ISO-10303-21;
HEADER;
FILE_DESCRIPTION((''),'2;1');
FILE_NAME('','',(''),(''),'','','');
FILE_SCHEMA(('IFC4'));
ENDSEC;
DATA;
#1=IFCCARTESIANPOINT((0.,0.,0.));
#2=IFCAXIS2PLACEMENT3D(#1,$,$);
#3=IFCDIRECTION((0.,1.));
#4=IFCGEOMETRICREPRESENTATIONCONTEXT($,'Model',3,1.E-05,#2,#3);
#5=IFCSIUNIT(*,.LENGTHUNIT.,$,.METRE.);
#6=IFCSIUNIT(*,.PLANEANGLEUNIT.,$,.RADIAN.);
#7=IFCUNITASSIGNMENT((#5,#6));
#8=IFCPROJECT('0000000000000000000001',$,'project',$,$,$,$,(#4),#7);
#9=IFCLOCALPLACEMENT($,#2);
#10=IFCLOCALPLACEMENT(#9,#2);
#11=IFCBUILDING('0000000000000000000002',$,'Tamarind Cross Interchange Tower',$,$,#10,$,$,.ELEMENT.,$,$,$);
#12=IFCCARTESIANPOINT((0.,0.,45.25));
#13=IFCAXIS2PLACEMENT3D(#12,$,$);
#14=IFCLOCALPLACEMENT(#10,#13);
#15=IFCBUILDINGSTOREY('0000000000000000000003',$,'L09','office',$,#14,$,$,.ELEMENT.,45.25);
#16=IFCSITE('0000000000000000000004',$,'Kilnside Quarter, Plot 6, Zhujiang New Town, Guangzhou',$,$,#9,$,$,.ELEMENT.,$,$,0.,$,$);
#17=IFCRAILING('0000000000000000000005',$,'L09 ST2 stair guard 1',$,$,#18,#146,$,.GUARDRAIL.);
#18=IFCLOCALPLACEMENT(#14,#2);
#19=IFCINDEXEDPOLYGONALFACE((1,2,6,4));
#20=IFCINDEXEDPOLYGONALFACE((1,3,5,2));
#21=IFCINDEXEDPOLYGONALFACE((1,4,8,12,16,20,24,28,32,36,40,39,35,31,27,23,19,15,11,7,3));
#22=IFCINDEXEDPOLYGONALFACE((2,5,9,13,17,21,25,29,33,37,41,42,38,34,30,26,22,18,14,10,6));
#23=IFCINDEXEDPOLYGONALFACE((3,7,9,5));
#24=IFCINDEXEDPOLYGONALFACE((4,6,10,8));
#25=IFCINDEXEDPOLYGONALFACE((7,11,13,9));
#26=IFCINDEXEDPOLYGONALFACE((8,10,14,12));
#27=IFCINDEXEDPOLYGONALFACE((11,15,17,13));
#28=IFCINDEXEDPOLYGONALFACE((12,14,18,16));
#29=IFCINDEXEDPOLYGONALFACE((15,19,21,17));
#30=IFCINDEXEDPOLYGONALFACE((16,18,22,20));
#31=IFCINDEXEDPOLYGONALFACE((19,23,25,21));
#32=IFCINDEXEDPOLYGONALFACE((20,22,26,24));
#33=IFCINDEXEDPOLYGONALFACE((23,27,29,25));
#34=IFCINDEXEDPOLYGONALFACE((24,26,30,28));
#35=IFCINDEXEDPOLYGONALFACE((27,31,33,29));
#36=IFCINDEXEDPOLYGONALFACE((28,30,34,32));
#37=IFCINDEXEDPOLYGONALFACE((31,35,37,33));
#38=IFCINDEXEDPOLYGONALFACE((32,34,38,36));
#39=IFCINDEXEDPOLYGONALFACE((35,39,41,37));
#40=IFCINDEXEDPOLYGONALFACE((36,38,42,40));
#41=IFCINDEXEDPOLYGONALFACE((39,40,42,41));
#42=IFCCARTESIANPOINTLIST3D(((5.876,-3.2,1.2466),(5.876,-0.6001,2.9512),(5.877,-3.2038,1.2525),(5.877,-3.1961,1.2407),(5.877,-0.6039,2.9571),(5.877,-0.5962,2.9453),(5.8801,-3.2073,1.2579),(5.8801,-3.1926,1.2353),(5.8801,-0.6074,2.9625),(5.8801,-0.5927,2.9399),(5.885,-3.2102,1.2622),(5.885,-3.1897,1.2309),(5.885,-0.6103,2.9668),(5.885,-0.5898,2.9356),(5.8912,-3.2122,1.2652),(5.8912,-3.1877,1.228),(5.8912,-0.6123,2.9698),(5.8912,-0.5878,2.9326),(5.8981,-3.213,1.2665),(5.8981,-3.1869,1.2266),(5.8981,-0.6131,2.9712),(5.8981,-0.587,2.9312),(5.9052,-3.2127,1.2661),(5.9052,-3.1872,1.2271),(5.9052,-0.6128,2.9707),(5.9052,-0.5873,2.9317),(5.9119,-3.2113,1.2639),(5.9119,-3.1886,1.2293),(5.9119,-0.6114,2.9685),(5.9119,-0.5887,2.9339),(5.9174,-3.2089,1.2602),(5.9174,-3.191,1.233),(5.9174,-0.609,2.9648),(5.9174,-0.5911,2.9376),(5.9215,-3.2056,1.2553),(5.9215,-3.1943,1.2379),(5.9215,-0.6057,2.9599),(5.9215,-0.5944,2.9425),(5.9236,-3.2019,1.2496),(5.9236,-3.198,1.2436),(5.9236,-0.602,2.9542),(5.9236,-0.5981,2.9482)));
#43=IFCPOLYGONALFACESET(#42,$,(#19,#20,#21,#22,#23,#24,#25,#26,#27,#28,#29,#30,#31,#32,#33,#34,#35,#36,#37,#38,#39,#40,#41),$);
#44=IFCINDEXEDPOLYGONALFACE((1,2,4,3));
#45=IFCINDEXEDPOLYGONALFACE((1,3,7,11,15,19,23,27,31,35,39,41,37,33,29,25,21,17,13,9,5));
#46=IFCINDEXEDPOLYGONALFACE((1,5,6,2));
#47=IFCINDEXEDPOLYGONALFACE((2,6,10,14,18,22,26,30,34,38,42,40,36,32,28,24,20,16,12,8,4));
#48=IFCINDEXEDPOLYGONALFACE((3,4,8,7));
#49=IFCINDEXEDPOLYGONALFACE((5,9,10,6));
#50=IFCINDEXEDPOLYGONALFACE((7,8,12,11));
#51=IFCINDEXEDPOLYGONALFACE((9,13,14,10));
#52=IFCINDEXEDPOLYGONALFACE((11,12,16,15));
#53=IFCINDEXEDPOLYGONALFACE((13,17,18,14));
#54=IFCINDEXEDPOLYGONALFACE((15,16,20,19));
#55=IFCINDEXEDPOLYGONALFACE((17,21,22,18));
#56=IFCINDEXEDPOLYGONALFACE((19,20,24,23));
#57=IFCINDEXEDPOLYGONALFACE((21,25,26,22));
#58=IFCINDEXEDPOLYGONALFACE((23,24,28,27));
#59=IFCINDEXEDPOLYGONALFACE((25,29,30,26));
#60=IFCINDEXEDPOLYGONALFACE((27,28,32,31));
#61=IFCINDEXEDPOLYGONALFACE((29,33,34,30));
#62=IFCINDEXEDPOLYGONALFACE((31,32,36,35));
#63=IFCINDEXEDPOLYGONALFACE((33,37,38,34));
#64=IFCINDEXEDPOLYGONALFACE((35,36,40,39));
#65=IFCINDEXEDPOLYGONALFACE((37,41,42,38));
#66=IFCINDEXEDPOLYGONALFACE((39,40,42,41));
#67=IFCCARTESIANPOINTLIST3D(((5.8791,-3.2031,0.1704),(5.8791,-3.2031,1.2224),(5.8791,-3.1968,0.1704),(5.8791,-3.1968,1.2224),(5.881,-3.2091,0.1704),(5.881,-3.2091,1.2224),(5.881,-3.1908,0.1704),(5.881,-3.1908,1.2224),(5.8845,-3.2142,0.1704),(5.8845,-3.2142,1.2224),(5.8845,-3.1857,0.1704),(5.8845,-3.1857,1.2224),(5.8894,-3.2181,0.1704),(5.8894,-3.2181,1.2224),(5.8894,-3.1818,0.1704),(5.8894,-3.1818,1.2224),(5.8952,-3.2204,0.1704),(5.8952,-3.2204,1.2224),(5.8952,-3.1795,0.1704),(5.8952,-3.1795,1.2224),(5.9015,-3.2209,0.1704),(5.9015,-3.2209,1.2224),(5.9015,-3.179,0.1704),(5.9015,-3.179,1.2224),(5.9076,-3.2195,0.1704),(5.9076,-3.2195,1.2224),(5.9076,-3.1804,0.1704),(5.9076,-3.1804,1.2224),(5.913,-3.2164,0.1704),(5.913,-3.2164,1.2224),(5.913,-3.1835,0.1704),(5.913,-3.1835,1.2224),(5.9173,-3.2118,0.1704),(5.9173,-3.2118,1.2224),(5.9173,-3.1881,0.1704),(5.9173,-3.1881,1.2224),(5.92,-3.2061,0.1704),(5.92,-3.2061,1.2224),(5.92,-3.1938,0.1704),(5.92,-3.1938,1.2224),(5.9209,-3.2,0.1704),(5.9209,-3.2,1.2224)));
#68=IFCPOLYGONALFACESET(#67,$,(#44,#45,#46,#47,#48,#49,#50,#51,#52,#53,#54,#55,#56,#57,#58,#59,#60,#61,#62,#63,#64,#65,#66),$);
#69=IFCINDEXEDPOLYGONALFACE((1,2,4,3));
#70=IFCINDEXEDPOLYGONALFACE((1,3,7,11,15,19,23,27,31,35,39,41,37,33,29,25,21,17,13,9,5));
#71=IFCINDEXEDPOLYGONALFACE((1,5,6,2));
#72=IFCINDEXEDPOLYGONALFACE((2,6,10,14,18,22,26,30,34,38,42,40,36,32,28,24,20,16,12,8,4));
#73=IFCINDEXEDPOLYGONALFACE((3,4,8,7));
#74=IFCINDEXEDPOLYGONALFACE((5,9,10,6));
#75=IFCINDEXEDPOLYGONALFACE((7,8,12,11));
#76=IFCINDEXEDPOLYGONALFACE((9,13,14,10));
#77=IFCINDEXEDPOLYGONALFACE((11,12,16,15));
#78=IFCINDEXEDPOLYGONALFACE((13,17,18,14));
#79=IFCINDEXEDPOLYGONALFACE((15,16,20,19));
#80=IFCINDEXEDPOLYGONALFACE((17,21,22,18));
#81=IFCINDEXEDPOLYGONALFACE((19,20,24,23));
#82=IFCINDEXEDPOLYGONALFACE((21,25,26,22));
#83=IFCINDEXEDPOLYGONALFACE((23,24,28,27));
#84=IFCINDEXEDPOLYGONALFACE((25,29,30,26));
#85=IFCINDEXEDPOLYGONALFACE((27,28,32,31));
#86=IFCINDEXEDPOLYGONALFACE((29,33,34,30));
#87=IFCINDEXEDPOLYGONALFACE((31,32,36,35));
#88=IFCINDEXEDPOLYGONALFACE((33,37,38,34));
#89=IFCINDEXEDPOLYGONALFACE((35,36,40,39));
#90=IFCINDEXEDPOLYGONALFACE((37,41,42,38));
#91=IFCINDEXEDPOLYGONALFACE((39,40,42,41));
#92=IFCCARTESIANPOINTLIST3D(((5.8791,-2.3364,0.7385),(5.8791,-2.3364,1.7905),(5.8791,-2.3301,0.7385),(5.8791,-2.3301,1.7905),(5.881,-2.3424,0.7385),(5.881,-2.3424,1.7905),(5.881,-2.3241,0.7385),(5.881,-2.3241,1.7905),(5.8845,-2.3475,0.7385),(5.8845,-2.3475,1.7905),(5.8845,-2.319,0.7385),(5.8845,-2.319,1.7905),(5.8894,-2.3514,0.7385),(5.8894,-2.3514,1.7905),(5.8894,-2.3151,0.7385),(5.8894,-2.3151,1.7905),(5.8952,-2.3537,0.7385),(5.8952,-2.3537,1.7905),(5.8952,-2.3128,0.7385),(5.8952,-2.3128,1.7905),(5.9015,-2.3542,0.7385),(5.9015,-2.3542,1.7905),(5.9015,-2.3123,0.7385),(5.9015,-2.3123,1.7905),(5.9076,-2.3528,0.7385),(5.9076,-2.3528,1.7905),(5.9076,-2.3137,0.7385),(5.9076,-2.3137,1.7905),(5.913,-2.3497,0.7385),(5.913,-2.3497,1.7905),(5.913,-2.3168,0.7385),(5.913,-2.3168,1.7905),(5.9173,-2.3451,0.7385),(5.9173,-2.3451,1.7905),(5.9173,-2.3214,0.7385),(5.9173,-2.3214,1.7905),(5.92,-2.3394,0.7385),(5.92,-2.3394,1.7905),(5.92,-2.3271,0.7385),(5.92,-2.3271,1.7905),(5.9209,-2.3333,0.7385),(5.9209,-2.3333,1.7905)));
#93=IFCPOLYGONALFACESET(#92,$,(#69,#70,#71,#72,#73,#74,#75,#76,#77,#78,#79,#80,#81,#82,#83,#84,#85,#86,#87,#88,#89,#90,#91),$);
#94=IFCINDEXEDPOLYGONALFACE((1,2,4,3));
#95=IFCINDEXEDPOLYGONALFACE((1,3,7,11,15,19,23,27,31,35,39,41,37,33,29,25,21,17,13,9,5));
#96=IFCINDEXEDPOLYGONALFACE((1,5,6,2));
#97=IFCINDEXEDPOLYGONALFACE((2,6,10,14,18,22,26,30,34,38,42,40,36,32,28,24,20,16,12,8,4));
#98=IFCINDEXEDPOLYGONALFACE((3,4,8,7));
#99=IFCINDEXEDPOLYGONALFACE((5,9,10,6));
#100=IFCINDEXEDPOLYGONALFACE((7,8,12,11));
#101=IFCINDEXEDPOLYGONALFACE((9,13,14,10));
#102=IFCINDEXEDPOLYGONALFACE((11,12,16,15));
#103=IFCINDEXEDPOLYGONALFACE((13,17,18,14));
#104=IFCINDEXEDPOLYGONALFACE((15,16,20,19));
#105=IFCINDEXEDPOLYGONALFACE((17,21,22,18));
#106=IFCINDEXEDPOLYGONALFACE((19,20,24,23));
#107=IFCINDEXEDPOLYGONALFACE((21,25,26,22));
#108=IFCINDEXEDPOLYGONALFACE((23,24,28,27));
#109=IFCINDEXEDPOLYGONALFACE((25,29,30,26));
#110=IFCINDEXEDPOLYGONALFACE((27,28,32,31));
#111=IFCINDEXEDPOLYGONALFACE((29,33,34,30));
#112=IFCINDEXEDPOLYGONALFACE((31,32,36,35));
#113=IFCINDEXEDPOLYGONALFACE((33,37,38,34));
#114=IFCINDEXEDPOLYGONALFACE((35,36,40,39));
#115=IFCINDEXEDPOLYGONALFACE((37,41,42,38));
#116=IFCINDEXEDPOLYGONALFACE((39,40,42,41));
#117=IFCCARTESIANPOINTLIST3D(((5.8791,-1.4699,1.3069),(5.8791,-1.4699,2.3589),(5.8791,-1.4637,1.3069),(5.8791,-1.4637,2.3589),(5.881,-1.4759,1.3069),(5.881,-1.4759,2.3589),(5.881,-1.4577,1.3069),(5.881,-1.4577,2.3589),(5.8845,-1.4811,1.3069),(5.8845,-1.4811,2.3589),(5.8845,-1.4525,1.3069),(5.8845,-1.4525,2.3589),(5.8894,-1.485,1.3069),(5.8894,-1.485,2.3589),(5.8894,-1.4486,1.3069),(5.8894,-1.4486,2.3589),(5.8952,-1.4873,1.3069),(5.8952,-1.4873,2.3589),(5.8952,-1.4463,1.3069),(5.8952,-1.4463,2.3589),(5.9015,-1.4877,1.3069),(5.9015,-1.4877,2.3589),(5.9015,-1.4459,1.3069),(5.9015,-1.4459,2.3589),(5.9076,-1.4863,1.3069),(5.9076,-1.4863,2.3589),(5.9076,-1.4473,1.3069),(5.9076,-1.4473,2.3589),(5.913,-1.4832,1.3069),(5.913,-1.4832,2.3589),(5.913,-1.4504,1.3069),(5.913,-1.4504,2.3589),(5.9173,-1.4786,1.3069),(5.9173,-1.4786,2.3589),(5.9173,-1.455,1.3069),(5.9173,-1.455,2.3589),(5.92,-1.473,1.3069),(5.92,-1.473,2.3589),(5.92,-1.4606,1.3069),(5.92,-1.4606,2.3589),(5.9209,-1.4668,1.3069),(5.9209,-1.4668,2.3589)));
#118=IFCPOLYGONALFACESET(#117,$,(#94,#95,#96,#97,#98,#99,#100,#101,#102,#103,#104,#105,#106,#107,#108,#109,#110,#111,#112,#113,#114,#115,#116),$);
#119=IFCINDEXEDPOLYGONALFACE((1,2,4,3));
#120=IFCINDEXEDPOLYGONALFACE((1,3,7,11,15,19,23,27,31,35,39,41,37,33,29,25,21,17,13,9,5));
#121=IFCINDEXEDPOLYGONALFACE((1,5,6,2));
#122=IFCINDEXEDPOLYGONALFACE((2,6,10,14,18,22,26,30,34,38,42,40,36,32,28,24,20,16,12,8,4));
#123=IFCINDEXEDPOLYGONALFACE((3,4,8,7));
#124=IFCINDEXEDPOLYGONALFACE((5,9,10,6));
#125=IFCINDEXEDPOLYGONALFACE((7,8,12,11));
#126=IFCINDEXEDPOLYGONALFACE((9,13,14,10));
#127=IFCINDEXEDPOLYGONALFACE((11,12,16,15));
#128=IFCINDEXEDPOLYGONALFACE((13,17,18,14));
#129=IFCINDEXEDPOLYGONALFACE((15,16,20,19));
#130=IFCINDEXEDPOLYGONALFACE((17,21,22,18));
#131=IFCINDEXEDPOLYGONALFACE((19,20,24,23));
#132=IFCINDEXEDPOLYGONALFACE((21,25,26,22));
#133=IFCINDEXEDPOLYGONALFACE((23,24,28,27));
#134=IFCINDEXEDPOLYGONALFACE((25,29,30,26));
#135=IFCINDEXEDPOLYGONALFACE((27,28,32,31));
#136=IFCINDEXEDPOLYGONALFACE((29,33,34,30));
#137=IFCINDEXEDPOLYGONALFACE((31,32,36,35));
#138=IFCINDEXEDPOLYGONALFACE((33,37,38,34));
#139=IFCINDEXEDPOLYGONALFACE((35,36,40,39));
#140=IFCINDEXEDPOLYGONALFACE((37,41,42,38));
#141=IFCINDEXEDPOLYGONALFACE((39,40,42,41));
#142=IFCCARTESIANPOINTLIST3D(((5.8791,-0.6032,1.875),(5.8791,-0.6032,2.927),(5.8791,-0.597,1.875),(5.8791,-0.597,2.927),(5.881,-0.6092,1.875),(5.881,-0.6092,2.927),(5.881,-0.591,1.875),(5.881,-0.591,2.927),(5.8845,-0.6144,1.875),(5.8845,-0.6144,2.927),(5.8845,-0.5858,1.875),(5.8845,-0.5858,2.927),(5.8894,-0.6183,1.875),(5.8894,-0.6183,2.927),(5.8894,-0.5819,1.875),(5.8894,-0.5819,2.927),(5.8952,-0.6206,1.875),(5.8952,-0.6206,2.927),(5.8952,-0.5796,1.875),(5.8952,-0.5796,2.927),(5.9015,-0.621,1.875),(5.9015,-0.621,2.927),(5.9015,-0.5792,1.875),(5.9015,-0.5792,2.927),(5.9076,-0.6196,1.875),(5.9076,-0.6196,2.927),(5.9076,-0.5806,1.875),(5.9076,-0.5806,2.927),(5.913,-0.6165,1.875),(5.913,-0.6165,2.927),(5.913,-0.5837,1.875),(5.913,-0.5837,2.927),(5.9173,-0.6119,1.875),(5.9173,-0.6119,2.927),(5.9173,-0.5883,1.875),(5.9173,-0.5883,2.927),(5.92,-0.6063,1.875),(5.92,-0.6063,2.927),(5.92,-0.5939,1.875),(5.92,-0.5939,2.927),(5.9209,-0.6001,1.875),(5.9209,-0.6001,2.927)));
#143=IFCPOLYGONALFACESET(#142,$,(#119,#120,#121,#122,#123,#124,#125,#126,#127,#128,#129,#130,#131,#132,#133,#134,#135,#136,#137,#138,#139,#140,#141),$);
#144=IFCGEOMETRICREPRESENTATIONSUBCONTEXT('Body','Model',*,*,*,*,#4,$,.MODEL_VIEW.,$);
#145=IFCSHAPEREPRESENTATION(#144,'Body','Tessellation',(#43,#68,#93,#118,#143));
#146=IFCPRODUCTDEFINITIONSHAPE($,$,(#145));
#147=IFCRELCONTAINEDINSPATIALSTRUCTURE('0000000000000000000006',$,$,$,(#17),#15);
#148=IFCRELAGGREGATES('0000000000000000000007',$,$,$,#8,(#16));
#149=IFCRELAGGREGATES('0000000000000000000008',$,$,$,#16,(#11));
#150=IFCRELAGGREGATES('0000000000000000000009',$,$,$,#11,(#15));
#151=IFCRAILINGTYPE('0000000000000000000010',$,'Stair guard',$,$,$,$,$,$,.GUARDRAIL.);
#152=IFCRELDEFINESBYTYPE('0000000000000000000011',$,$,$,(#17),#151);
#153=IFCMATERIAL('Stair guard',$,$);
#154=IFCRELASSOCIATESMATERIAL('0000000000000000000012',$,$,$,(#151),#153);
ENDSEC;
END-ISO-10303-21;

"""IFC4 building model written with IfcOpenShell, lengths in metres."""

from ifc_helpers import new_model, si_unit, direction, frame, origin, origin_2d, place, context, subcontext, project, spatial, circle, extrude, material, type_object, element, save


model = new_model("IFC4")

# Units and contexts
model_context = context("Model", 3, precision=1e-05, world=origin(), true_north=direction((0.0, 1.0)))
body_context = subcontext(model_context, "Body", "Model", "MODEL_VIEW")
ifc_project = project(units=[si_unit("LENGTHUNIT", "METRE"), si_unit("PLANEANGLEUNIT", "RADIAN")], contexts=[model_context])

# Site, building, storey
site_placement = place(None, origin())
site = spatial("IfcSite", under=ifc_project, at=site_placement, Name="Kilnside Quarter, Plot 6, Zhujiang New Town, Guangzhou", CompositionType="ELEMENT", RefElevation=0.0)
building_placement = place(site_placement, origin())
building = spatial("IfcBuilding", under=site, at=building_placement, Name="Tamarind Cross Interchange Tower", CompositionType="ELEMENT")
storey_placement = place(building_placement, frame((0.0, 0.0, 45.25)))
storey = spatial("IfcBuildingStorey", under=building, at=storey_placement, Name="L09", Description="office", CompositionType="ELEMENT", Elevation=45.25)

# Railing
ifc_material_1 = material(Name="Stair guard")
railing_type_1 = type_object("IfcRailingType", Name="Stair guard", PredefinedType="GUARDRAIL", material=ifc_material_1)
railing_1_placement = place(storey_placement, frame((5.8999, -3.2, 0.1704)))
element("IfcRailing", 1, at=railing_1_placement, inside=storey, type_object=railing_type_1, Name="L09 ST2 stair guard 1", PredefinedType="GUARDRAIL", context=body_context, shape_type="SweptSolid", body=[
    extrude(circle(Radius=0.0239, at=origin_2d()), frame((0.0, 0.0, 1.0762), z_axis=(0.0, 0.836279, 0.548305), x_axis=(-1.0, 0.0, 0.0)), (0.0, 0.0, 1.0), 3.1089),
    extrude(circle(Radius=0.021, at=origin_2d()), origin(), (0.0, 0.0, 1.0), 1.052),
    extrude(circle(Radius=0.021, at=origin_2d()), frame((0.0, 0.8667, 0.5681)), (0.0, 0.0, 1.0), 1.052),
    extrude(circle(Radius=0.021, at=origin_2d()), frame((0.0, 1.7332, 1.1365)), (0.0, 0.0, 1.0), 1.052),
    extrude(circle(Radius=0.021, at=origin_2d()), frame((0.0, 2.5999, 1.7046)), (0.0, 0.0, 1.0), 1.052),
])

save(model, "model.ifc")
